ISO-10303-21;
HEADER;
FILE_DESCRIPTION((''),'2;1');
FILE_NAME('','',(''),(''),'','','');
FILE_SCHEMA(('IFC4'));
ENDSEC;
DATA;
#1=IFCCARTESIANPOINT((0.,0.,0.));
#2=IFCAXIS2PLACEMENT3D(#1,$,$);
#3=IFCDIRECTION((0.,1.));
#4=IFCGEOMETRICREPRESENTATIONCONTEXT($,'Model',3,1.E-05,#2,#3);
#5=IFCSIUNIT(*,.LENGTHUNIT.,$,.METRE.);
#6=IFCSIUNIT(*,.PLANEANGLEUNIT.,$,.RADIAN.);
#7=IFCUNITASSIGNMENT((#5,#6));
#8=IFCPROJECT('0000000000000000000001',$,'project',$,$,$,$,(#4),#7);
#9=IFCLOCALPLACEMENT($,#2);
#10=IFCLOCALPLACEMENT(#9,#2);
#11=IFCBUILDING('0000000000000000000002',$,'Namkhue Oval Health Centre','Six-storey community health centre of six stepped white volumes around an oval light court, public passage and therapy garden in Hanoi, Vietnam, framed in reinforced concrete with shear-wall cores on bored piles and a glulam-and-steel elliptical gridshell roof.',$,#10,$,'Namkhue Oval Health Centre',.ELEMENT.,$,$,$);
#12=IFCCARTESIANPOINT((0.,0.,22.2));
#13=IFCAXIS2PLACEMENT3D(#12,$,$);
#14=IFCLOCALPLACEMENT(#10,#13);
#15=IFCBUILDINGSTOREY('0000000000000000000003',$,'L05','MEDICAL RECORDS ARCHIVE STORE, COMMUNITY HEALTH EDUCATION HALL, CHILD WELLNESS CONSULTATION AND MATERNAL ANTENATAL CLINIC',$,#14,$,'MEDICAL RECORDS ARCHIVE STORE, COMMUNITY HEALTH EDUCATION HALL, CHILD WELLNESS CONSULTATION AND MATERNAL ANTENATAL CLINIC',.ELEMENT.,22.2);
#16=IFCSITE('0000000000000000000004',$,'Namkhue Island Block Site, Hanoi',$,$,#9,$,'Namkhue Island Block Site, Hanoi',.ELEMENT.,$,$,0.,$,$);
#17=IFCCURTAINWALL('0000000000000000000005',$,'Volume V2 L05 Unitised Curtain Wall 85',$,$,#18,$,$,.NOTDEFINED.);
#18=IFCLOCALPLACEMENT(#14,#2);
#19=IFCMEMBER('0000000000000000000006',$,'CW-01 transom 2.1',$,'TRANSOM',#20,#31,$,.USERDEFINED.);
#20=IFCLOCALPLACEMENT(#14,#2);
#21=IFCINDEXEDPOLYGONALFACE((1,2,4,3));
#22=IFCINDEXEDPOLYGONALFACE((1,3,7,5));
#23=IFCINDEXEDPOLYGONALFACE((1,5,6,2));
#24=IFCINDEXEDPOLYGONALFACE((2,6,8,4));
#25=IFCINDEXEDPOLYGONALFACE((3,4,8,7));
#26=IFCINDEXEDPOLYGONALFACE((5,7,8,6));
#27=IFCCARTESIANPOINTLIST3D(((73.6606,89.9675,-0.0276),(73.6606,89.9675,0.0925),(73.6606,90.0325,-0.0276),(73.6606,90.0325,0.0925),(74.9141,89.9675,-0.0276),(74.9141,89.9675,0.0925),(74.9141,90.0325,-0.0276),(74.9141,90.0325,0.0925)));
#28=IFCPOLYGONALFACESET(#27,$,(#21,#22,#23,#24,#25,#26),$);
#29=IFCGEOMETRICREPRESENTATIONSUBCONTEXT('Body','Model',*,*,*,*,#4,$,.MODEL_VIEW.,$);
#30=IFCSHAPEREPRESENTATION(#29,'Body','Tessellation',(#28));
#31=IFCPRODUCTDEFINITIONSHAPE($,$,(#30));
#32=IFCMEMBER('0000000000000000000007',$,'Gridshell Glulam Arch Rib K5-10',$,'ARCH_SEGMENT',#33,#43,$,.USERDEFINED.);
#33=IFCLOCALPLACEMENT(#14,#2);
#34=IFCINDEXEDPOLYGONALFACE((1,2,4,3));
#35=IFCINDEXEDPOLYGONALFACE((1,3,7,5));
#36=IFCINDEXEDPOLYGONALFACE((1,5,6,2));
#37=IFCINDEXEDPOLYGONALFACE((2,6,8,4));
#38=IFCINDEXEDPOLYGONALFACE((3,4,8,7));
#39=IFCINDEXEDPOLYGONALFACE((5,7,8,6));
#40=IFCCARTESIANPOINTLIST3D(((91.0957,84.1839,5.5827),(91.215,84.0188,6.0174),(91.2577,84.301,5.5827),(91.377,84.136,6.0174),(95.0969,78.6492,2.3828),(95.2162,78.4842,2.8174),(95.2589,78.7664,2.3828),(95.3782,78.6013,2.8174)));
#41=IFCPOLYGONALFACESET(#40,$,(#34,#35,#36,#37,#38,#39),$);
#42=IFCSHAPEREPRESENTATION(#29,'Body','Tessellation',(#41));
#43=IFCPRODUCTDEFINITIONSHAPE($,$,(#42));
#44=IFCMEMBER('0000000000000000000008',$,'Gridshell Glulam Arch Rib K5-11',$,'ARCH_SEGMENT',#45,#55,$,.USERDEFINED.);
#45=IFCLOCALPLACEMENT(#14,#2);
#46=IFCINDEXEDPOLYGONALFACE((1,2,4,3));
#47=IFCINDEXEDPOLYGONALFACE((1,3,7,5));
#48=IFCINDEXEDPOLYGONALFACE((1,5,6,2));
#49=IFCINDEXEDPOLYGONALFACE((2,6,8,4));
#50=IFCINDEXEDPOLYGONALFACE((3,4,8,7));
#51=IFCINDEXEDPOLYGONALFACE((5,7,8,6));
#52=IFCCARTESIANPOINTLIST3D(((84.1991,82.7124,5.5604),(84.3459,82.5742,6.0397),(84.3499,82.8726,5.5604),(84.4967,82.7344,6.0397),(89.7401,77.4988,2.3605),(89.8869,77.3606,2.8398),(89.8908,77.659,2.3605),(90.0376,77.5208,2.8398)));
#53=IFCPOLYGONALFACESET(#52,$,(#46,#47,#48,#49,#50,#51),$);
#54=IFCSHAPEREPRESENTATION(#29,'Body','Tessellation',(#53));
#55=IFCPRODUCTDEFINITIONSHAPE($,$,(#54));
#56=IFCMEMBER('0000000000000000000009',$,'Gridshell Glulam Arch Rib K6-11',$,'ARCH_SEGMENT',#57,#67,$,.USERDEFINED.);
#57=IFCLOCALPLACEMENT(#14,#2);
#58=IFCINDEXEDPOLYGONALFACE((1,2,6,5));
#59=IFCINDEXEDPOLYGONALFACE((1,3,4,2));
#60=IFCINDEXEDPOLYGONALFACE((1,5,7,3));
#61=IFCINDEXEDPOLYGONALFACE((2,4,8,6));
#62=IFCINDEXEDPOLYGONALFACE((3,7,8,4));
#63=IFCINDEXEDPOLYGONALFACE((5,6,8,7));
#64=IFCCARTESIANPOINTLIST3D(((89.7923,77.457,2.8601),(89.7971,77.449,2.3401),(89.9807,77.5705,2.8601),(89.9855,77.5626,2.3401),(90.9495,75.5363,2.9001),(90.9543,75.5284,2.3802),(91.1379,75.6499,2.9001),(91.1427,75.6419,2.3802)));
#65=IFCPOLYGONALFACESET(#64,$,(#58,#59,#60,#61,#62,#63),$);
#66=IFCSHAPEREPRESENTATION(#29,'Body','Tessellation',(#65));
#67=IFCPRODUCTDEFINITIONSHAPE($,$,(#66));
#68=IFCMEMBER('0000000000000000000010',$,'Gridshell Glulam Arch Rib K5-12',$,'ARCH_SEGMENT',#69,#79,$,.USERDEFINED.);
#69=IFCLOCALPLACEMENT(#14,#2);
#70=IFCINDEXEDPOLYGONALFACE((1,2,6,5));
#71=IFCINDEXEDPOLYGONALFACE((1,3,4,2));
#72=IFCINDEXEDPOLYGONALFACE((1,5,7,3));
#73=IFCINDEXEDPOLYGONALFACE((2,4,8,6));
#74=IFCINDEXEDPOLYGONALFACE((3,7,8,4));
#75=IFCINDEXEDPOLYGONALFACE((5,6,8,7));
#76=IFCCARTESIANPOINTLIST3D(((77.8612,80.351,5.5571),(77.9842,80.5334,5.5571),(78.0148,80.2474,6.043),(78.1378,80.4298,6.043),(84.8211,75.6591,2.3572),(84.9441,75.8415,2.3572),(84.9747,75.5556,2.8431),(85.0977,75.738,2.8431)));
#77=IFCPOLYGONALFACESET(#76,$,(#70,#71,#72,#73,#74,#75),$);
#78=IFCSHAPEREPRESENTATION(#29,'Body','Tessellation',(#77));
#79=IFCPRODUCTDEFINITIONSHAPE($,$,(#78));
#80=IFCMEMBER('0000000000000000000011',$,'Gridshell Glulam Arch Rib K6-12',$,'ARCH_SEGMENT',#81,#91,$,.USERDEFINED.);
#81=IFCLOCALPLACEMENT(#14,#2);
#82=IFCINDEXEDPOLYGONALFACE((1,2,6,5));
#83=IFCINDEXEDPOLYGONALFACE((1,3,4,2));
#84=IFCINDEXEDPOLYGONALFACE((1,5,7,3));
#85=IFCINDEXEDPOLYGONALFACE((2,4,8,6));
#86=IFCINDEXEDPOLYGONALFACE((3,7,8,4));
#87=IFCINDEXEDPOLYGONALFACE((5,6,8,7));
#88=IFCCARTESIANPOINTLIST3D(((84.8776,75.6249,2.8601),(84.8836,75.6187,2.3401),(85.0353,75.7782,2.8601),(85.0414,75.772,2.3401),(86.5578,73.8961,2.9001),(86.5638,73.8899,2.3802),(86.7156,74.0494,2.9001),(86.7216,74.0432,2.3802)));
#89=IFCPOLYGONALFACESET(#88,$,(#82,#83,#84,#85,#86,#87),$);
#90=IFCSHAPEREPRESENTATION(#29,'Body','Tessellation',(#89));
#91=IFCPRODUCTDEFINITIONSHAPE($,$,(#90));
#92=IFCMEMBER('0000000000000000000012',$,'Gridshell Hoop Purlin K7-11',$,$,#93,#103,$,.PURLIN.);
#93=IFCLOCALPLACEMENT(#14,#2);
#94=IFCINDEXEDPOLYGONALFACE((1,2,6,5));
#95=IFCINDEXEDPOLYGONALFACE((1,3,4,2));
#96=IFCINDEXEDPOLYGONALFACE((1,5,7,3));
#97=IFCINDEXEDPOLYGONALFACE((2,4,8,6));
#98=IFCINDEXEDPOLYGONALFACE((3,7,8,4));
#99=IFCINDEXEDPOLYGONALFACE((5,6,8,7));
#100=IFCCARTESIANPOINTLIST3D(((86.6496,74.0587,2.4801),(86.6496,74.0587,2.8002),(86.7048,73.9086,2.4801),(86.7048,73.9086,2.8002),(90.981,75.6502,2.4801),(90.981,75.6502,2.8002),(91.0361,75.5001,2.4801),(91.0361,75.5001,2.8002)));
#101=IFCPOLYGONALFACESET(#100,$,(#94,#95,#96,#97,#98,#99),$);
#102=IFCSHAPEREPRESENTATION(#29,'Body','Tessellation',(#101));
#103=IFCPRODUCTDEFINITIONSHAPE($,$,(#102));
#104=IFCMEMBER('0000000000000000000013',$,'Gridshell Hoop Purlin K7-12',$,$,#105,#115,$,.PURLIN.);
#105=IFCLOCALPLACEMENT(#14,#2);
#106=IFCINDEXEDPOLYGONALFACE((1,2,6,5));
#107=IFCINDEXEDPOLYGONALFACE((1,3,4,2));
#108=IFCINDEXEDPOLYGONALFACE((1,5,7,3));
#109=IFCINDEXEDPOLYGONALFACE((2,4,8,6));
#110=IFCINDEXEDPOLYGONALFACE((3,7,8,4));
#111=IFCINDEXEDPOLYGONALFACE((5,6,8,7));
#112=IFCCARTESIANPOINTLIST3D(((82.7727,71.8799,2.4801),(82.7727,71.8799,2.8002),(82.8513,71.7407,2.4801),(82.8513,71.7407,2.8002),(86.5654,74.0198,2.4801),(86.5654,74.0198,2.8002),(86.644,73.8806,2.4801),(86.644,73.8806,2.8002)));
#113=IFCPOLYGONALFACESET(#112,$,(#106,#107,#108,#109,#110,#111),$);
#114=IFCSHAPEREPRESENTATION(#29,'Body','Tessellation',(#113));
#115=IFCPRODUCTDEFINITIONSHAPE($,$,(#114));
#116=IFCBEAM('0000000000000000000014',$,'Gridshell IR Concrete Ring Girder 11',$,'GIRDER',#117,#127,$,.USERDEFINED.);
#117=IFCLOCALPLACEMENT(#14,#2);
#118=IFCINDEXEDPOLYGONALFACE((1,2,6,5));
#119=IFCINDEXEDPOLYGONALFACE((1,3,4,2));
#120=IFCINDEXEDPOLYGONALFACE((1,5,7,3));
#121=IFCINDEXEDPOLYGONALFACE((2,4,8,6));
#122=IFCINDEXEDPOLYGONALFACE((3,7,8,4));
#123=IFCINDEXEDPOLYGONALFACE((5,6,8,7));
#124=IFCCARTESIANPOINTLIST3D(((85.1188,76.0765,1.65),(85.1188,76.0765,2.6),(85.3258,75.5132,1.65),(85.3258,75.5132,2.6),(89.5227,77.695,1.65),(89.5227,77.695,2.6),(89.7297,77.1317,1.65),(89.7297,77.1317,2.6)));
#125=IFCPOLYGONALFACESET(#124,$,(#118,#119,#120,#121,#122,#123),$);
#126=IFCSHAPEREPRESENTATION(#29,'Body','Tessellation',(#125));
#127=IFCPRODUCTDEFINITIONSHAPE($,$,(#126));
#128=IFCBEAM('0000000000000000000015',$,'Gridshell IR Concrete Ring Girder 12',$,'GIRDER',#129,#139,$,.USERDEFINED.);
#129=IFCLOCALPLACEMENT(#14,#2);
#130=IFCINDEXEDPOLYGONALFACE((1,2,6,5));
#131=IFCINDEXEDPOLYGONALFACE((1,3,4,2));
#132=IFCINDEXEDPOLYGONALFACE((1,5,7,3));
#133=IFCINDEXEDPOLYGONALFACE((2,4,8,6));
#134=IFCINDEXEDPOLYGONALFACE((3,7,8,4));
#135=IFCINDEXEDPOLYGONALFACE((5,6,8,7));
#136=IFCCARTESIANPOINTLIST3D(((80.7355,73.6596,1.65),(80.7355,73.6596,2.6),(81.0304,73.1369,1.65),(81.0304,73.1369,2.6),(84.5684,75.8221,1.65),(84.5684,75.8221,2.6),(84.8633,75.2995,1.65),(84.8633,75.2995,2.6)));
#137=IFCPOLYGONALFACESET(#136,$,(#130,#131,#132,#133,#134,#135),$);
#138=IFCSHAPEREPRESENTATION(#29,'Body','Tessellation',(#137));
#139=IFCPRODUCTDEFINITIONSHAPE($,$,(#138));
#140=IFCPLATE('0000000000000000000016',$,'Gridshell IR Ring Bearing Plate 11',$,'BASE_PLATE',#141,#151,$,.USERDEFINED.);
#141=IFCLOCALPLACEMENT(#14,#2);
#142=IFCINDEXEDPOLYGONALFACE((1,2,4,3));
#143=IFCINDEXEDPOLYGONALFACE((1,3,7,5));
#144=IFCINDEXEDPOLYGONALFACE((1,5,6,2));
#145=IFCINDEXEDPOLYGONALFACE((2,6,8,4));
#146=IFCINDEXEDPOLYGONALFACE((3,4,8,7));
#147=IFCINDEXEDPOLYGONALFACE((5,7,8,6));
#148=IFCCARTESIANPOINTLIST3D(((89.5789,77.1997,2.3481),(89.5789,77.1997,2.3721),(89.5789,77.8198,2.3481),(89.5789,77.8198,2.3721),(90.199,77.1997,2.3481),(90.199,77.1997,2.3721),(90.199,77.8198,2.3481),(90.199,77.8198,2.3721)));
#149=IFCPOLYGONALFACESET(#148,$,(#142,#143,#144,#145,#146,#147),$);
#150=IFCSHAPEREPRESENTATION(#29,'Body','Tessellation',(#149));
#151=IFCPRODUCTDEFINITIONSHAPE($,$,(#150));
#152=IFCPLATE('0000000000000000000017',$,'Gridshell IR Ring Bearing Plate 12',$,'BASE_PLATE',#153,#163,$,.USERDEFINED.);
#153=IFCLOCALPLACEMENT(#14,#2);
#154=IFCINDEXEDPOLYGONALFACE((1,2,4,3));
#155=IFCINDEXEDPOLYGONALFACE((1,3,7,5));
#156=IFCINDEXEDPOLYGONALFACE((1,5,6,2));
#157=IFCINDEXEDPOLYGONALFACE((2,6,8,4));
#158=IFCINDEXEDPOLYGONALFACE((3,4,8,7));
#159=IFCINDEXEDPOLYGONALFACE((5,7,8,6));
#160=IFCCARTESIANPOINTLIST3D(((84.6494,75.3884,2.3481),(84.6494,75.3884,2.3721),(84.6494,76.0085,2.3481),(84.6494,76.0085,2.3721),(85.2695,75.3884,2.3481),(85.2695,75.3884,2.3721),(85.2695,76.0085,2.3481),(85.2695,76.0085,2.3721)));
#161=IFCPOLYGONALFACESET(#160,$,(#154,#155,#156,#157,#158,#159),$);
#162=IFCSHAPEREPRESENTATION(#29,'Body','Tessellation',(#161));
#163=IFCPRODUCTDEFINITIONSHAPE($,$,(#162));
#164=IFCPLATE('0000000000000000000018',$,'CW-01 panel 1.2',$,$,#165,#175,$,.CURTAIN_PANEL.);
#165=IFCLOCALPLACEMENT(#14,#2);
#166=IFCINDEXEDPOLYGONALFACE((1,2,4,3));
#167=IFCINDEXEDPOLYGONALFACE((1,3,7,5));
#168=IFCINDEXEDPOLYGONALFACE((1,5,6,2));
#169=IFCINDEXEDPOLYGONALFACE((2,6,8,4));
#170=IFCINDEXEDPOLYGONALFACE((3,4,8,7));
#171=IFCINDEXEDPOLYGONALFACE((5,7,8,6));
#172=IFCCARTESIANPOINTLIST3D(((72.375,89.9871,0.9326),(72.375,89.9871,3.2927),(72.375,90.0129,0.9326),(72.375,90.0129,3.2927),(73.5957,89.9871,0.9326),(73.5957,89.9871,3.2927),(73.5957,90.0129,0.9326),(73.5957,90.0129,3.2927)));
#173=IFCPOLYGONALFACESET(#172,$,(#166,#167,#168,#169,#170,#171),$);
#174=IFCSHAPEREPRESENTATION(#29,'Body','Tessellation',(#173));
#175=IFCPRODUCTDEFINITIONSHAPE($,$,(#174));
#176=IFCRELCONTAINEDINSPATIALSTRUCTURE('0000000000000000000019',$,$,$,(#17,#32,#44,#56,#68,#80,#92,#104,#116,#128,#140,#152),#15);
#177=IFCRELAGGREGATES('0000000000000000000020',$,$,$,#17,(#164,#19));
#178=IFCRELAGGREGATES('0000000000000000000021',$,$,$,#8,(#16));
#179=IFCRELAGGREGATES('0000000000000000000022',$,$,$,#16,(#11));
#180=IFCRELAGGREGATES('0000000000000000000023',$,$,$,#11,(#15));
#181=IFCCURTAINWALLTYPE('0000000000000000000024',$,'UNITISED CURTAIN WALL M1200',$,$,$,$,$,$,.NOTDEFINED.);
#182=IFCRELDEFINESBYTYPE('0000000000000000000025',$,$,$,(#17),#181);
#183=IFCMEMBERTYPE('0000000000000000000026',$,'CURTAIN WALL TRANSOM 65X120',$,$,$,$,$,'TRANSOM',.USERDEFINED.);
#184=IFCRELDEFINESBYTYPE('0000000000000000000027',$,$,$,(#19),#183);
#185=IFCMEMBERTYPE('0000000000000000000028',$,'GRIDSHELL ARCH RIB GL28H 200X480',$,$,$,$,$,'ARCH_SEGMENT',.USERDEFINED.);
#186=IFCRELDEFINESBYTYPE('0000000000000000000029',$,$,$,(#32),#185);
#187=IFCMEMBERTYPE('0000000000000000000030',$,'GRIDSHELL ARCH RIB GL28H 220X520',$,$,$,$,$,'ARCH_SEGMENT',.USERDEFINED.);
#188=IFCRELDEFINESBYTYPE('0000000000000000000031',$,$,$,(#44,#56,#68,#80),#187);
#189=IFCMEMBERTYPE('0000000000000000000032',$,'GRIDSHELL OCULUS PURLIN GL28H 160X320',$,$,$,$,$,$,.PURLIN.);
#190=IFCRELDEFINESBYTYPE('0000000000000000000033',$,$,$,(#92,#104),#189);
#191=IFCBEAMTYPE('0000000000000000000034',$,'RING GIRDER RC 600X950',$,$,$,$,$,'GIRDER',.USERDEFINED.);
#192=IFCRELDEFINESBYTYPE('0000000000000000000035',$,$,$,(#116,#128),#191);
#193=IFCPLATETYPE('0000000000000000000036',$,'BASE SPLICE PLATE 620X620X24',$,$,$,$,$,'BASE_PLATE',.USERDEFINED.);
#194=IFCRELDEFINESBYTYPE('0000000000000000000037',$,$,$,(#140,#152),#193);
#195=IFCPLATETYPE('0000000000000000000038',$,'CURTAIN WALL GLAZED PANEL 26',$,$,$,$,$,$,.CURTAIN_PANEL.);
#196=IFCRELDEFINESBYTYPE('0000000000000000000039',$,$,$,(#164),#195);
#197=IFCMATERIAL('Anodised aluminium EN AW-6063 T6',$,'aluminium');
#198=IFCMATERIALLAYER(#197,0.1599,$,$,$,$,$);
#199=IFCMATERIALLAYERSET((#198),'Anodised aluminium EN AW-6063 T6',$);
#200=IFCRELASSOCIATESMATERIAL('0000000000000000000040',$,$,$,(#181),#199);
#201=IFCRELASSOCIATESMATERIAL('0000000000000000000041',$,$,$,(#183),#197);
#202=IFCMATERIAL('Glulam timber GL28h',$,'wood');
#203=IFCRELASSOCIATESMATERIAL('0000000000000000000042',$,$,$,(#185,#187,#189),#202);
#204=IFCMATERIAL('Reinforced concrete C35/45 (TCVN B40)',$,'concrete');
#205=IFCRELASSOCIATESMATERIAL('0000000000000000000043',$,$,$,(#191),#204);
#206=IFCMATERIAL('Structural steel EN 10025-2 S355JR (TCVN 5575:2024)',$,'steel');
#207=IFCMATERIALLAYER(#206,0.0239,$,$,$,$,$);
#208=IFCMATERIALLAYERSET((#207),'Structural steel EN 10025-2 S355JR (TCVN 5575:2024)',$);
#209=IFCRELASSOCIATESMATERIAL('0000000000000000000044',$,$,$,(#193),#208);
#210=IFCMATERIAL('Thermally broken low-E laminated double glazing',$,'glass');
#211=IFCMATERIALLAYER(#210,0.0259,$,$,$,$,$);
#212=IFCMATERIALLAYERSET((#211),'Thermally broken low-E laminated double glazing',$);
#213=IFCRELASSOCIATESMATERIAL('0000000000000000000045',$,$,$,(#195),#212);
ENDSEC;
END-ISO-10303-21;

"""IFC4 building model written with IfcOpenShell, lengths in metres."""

from ifc_helpers import new_model, si_unit, direction, frame, origin, origin_2d, place, context, subcontext, project, spatial, rectangle, extrude, material, layer, layer_set, material_profile, profile_set, type_object, element, aggregate, save


model = new_model("IFC4")

# Units and contexts
model_context = context("Model", 3, precision=1e-05, world=origin(), true_north=direction((0.0, 1.0)))
body_context = subcontext(model_context, "Body", "Model", "MODEL_VIEW")
ifc_project = project(units=[si_unit("LENGTHUNIT", "METRE"), si_unit("PLANEANGLEUNIT", "RADIAN")], contexts=[model_context])

# Site, building, storey
site_placement = place(None, origin())
site = spatial("IfcSite", under=ifc_project, at=site_placement, Name="Namkhue Island Block Site, Hanoi", LongName="Namkhue Island Block Site, Hanoi", CompositionType="ELEMENT", RefElevation=0.0)
building_placement = place(site_placement, origin())
building = spatial("IfcBuilding", under=site, at=building_placement, Name="Namkhue Oval Health Centre", Description="Six-storey community health centre of six stepped white volumes around an oval light court, public passage and therapy garden in Hanoi, Vietnam, framed in reinforced concrete with shear-wall cores on bored piles and a glulam-and-steel elliptical gridshell roof.", LongName="Namkhue Oval Health Centre", CompositionType="ELEMENT")
storey_placement = place(building_placement, frame((0.0, 0.0, 22.2)))
storey = spatial("IfcBuildingStorey", under=building, at=storey_placement, Name="L05", Description="MEDICAL RECORDS ARCHIVE STORE, COMMUNITY HEALTH EDUCATION HALL, CHILD WELLNESS CONSULTATION AND MATERNAL ANTENATAL CLINIC", LongName="MEDICAL RECORDS ARCHIVE STORE, COMMUNITY HEALTH EDUCATION HALL, CHILD WELLNESS CONSULTATION AND MATERNAL ANTENATAL CLINIC", CompositionType="ELEMENT", Elevation=22.2)

# Shared definitions
ifc_material_1 = material(Name="Reinforced concrete C35/45 (TCVN B40)", Category="concrete")

# Shared definitions
ifc_material_2 = material(Name="Structural steel EN 10025-2 S355JR (TCVN 5575:2024)", Category="steel")

# Curtain wall, member
ifc_material_3 = material(Name="Anodised aluminium EN AW-6063 T6", Category="aluminium")
ifc_layer_1 = layer(ifc_material_3, 0.1599)
ifc_layer_set_1 = layer_set([ifc_layer_1], Name="Anodised aluminium EN AW-6063 T6")
curtain_wall_type = type_object("IfcCurtainWallType", Name="UNITISED CURTAIN WALL M1200", PredefinedType="NOTDEFINED", material=ifc_layer_set_1)
curtain_wall_placement = place(storey_placement, origin())
curtain_wall = element("IfcCurtainWall", 1, at=curtain_wall_placement, inside=storey, type_object=curtain_wall_type, Name="Volume V2 L05 Unitised Curtain Wall 85", PredefinedType="NOTDEFINED")
ifc_material_profile_1 = material_profile(ifc_material_3, rectangle(XDim=0.0649, YDim=0.1201, at=origin_2d()), Name="ALU 65x120")
ifc_profile_set_1 = profile_set([ifc_material_profile_1], Name="Anodised aluminium EN AW-6063 T6")
member_type_1 = type_object("IfcMemberType", Name="CURTAIN WALL TRANSOM 65X120", ElementType="TRANSOM", PredefinedType="USERDEFINED", material=ifc_profile_set_1)
member_1_placement = place(storey_placement, frame((73.6606, 90.0, 0.0325), z_axis=(1.0, 0.0, 0.0), x_axis=(0.0, 1.0, 0.0)))
member_1 = element("IfcMember", 2, at=member_1_placement, type_object=member_type_1, Name="CW-01 transom 2.1", ObjectType="TRANSOM", PredefinedType="USERDEFINED", context=body_context, shape_type="SweptSolid", body=[
    extrude(rectangle(XDim=0.0649, YDim=0.1201, at=origin_2d()), origin(), (0.0, 0.0, 1.0), 1.2534),
])

# Members
ifc_material_4 = material(Name="Glulam timber GL28h", Category="wood")
ifc_material_profile_2 = material_profile(ifc_material_4, rectangle(XDim=0.2, YDim=0.48, at=origin_2d()), Name="GL28h 200x480")
ifc_profile_set_2 = profile_set([ifc_material_profile_2], Name="Glulam timber GL28h")
member_type_2 = type_object("IfcMemberType", Name="GRIDSHELL ARCH RIB GL28H 200X480", ElementType="ARCH_SEGMENT", PredefinedType="USERDEFINED", material=ifc_profile_set_2)
member_2_placement = place(storey_placement, frame((91.2363, 84.1599, 5.8), z_axis=(0.530524, -0.733845, -0.424283), x_axis=(0.810404, 0.585872, 0.0)))
element("IfcMember", 3, at=member_2_placement, inside=storey, type_object=member_type_2, Name="Gridshell Glulam Arch Rib K5-10", ObjectType="ARCH_SEGMENT", PredefinedType="USERDEFINED", context=body_context, shape_type="SweptSolid", body=[
    extrude(rectangle(XDim=0.2, YDim=0.48, at=origin_2d()), origin(), (0.0, 0.0, 1.0), 7.542),
])
ifc_material_profile_3 = material_profile(ifc_material_4, rectangle(XDim=0.22, YDim=0.52, at=origin_2d()), Name="GL28h 220x520")
ifc_profile_set_3 = profile_set([ifc_material_profile_3], Name="Glulam timber GL28h")
member_type_3 = type_object("IfcMemberType", Name="GRIDSHELL ARCH RIB GL28H 220X520", ElementType="ARCH_SEGMENT", PredefinedType="USERDEFINED", material=ifc_profile_set_3)
member_3_placement = place(storey_placement, frame((84.3479, 82.7234, 5.8), z_axis=(0.671333, -0.631667, -0.387697), x_axis=(0.685264, 0.728295, 0.0)))
element("IfcMember", 4, at=member_3_placement, inside=storey, type_object=member_type_3, Name="Gridshell Glulam Arch Rib K5-11", ObjectType="ARCH_SEGMENT", PredefinedType="USERDEFINED", context=body_context, shape_type="SweptSolid", body=[
    extrude(rectangle(XDim=0.22, YDim=0.52, at=origin_2d()), origin(), (0.0, 0.0, 1.0), 8.2537),
])
member_4_placement = place(storey_placement, frame((89.8889, 77.5098, 2.6001), z_axis=(0.515998, -0.856404, 0.017853), x_axis=(0.85654, 0.51608, 0.0)))
element("IfcMember", 5, at=member_4_placement, inside=storey, type_object=member_type_3, Name="Gridshell Glulam Arch Rib K6-11", ObjectType="ARCH_SEGMENT", PredefinedType="USERDEFINED", context=body_context, shape_type="SweptSolid", body=[
    extrude(rectangle(XDim=0.22, YDim=0.52, at=origin_2d()), origin(), (0.0, 0.0, 1.0), 2.2427),
])
member_5_placement = place(storey_placement, frame((77.9995, 80.3904, 5.8), z_axis=(0.774791, -0.522307, -0.356222), x_axis=(0.558975, 0.829184, 0.0)))
element("IfcMember", 6, at=member_5_placement, inside=storey, type_object=member_type_3, Name="Gridshell Glulam Arch Rib K5-12", ObjectType="ARCH_SEGMENT", PredefinedType="USERDEFINED", context=body_context, shape_type="SweptSolid", body=[
    extrude(rectangle(XDim=0.22, YDim=0.52, at=origin_2d()), origin(), (0.0, 0.0, 1.0), 8.9829),
])
member_6_placement = place(storey_placement, frame((84.9595, 75.6985, 2.6001), z_axis=(0.696862, -0.717013, 0.016606), x_axis=(0.717112, 0.696958, 0.0)))
element("IfcMember", 7, at=member_6_placement, inside=storey, type_object=member_type_3, Name="Gridshell Glulam Arch Rib K6-12", ObjectType="ARCH_SEGMENT", PredefinedType="USERDEFINED", context=body_context, shape_type="SweptSolid", body=[
    extrude(rectangle(XDim=0.22, YDim=0.52, at=origin_2d()), origin(), (0.0, 0.0, 1.0), 2.4111),
])
ifc_material_profile_4 = material_profile(ifc_material_4, rectangle(XDim=0.1599, YDim=0.3201, at=origin_2d()), Name="GL28h 160x320")
ifc_profile_set_4 = profile_set([ifc_material_profile_4], Name="Glulam timber GL28h")
member_type_4 = type_object("IfcMemberType", Name="GRIDSHELL OCULUS PURLIN GL28H 160X320", PredefinedType="PURLIN", material=ifc_profile_set_4)
member_7_placement = place(storey_placement, frame((91.0085, 75.5752, 2.6401), z_axis=(-0.938637, -0.344906, 0.0), x_axis=(0.344906, -0.938637, 0.0)))
element("IfcMember", 8, at=member_7_placement, inside=storey, type_object=member_type_4, Name="Gridshell Hoop Purlin K7-11", PredefinedType="PURLIN", context=body_context, shape_type="SweptSolid", body=[
    extrude(rectangle(XDim=0.1599, YDim=0.3201, at=origin_2d()), origin(), (0.0, 0.0, 1.0), 4.6145),
])
member_8_placement = place(storey_placement, frame((86.6047, 73.9502, 2.6401), z_axis=(-0.870938, -0.491392, 0.0), x_axis=(0.491392, -0.870938, 0.0)))
element("IfcMember", 9, at=member_8_placement, inside=storey, type_object=member_type_4, Name="Gridshell Hoop Purlin K7-12", PredefinedType="PURLIN", context=body_context, shape_type="SweptSolid", body=[
    extrude(rectangle(XDim=0.1599, YDim=0.3201, at=origin_2d()), origin(), (0.0, 0.0, 1.0), 4.3547),
])

# Beams
ifc_material_profile_5 = material_profile(ifc_material_1, rectangle(XDim=0.6001, YDim=0.95, at=origin_2d()), Name="RC 600x950")
ifc_profile_set_5 = profile_set([ifc_material_profile_5], Name="Reinforced concrete C35/45 (TCVN B40)")
beam_type = type_object("IfcBeamType", Name="RING GIRDER RC 600X950", ElementType="GIRDER", PredefinedType="USERDEFINED", material=ifc_profile_set_5)
beam_1_placement = place(storey_placement, frame((89.6262, 77.4133, 2.125), z_axis=(-0.938623, -0.344946, 0.0), x_axis=(0.344946, -0.938623, 0.0)))
element("IfcBeam", 10, at=beam_1_placement, inside=storey, type_object=beam_type, Name="Gridshell IR Concrete Ring Girder 11", ObjectType="GIRDER", PredefinedType="USERDEFINED", context=body_context, shape_type="SweptSolid", body=[
    extrude(rectangle(XDim=0.6001, YDim=0.95, at=origin_2d()), origin(), (0.0, 0.0, 1.0), 4.6919),
])
beam_2_placement = place(storey_placement, frame((84.7158, 75.5608, 2.125), z_axis=(-0.870941, -0.491388, 0.0), x_axis=(0.491388, -0.870941, 0.0)))
element("IfcBeam", 11, at=beam_2_placement, inside=storey, type_object=beam_type, Name="Gridshell IR Concrete Ring Girder 12", ObjectType="GIRDER", PredefinedType="USERDEFINED", context=body_context, shape_type="SweptSolid", body=[
    extrude(rectangle(XDim=0.6001, YDim=0.95, at=origin_2d()), origin(), (0.0, 0.0, 1.0), 4.4009),
])

# Plates
ifc_layer_2 = layer(ifc_material_2, 0.0239)
ifc_layer_set_2 = layer_set([ifc_layer_2], Name="Structural steel EN 10025-2 S355JR (TCVN 5575:2024)")
plate_type_1 = type_object("IfcPlateType", Name="BASE SPLICE PLATE 620X620X24", ElementType="BASE_PLATE", PredefinedType="USERDEFINED", material=ifc_layer_set_2)
for number, where, z_axis, x_axis, name in (
    (12, (89.8889, 77.5098, 2.3481), (0.0, 0.0, 1.0), (1.0, 0.0, 0.0), "Gridshell IR Ring Bearing Plate 11"),
    (13, (84.9595, 75.6985, 2.3481), (0.0, 0.0, 1.0), (1.0, 0.0, 0.0), "Gridshell IR Ring Bearing Plate 12"),
):
    element("IfcPlate", number, at=place(storey_placement, frame(where, z_axis=z_axis, x_axis=x_axis)), inside=storey, type_object=plate_type_1, Name=name, ObjectType="BASE_PLATE", PredefinedType="USERDEFINED", context=body_context, shape_type="SweptSolid", body=[
        extrude(rectangle(XDim=0.6201, YDim=0.6201, at=origin_2d()), origin(), (0.0, 0.0, 1.0), 0.0239),
    ])

# Plate
ifc_material_5 = material(Name="Thermally broken low-E laminated double glazing", Category="glass")
ifc_layer_3 = layer(ifc_material_5, 0.0259)
ifc_layer_set_3 = layer_set([ifc_layer_3], Name="Thermally broken low-E laminated double glazing")
plate_type_2 = type_object("IfcPlateType", Name="CURTAIN WALL GLAZED PANEL 26", PredefinedType="CURTAIN_PANEL", material=ifc_layer_set_3)
plate_1_placement = place(storey_placement, frame((72.9854, 90.0, 0.9326), z_axis=(0.0, 0.0, 1.0), x_axis=(1.0, 0.0, 0.0)))
plate_1 = element("IfcPlate", 14, at=plate_1_placement, type_object=plate_type_2, Name="CW-01 panel 1.2", PredefinedType="CURTAIN_PANEL", context=body_context, shape_type="SweptSolid", body=[
    extrude(rectangle(XDim=1.2207, YDim=0.0259, at=origin_2d()), origin(), (0.0, 0.0, 1.0), 2.3601),
])
aggregate(curtain_wall, [plate_1, member_1])

save(model, "model.ifc")
